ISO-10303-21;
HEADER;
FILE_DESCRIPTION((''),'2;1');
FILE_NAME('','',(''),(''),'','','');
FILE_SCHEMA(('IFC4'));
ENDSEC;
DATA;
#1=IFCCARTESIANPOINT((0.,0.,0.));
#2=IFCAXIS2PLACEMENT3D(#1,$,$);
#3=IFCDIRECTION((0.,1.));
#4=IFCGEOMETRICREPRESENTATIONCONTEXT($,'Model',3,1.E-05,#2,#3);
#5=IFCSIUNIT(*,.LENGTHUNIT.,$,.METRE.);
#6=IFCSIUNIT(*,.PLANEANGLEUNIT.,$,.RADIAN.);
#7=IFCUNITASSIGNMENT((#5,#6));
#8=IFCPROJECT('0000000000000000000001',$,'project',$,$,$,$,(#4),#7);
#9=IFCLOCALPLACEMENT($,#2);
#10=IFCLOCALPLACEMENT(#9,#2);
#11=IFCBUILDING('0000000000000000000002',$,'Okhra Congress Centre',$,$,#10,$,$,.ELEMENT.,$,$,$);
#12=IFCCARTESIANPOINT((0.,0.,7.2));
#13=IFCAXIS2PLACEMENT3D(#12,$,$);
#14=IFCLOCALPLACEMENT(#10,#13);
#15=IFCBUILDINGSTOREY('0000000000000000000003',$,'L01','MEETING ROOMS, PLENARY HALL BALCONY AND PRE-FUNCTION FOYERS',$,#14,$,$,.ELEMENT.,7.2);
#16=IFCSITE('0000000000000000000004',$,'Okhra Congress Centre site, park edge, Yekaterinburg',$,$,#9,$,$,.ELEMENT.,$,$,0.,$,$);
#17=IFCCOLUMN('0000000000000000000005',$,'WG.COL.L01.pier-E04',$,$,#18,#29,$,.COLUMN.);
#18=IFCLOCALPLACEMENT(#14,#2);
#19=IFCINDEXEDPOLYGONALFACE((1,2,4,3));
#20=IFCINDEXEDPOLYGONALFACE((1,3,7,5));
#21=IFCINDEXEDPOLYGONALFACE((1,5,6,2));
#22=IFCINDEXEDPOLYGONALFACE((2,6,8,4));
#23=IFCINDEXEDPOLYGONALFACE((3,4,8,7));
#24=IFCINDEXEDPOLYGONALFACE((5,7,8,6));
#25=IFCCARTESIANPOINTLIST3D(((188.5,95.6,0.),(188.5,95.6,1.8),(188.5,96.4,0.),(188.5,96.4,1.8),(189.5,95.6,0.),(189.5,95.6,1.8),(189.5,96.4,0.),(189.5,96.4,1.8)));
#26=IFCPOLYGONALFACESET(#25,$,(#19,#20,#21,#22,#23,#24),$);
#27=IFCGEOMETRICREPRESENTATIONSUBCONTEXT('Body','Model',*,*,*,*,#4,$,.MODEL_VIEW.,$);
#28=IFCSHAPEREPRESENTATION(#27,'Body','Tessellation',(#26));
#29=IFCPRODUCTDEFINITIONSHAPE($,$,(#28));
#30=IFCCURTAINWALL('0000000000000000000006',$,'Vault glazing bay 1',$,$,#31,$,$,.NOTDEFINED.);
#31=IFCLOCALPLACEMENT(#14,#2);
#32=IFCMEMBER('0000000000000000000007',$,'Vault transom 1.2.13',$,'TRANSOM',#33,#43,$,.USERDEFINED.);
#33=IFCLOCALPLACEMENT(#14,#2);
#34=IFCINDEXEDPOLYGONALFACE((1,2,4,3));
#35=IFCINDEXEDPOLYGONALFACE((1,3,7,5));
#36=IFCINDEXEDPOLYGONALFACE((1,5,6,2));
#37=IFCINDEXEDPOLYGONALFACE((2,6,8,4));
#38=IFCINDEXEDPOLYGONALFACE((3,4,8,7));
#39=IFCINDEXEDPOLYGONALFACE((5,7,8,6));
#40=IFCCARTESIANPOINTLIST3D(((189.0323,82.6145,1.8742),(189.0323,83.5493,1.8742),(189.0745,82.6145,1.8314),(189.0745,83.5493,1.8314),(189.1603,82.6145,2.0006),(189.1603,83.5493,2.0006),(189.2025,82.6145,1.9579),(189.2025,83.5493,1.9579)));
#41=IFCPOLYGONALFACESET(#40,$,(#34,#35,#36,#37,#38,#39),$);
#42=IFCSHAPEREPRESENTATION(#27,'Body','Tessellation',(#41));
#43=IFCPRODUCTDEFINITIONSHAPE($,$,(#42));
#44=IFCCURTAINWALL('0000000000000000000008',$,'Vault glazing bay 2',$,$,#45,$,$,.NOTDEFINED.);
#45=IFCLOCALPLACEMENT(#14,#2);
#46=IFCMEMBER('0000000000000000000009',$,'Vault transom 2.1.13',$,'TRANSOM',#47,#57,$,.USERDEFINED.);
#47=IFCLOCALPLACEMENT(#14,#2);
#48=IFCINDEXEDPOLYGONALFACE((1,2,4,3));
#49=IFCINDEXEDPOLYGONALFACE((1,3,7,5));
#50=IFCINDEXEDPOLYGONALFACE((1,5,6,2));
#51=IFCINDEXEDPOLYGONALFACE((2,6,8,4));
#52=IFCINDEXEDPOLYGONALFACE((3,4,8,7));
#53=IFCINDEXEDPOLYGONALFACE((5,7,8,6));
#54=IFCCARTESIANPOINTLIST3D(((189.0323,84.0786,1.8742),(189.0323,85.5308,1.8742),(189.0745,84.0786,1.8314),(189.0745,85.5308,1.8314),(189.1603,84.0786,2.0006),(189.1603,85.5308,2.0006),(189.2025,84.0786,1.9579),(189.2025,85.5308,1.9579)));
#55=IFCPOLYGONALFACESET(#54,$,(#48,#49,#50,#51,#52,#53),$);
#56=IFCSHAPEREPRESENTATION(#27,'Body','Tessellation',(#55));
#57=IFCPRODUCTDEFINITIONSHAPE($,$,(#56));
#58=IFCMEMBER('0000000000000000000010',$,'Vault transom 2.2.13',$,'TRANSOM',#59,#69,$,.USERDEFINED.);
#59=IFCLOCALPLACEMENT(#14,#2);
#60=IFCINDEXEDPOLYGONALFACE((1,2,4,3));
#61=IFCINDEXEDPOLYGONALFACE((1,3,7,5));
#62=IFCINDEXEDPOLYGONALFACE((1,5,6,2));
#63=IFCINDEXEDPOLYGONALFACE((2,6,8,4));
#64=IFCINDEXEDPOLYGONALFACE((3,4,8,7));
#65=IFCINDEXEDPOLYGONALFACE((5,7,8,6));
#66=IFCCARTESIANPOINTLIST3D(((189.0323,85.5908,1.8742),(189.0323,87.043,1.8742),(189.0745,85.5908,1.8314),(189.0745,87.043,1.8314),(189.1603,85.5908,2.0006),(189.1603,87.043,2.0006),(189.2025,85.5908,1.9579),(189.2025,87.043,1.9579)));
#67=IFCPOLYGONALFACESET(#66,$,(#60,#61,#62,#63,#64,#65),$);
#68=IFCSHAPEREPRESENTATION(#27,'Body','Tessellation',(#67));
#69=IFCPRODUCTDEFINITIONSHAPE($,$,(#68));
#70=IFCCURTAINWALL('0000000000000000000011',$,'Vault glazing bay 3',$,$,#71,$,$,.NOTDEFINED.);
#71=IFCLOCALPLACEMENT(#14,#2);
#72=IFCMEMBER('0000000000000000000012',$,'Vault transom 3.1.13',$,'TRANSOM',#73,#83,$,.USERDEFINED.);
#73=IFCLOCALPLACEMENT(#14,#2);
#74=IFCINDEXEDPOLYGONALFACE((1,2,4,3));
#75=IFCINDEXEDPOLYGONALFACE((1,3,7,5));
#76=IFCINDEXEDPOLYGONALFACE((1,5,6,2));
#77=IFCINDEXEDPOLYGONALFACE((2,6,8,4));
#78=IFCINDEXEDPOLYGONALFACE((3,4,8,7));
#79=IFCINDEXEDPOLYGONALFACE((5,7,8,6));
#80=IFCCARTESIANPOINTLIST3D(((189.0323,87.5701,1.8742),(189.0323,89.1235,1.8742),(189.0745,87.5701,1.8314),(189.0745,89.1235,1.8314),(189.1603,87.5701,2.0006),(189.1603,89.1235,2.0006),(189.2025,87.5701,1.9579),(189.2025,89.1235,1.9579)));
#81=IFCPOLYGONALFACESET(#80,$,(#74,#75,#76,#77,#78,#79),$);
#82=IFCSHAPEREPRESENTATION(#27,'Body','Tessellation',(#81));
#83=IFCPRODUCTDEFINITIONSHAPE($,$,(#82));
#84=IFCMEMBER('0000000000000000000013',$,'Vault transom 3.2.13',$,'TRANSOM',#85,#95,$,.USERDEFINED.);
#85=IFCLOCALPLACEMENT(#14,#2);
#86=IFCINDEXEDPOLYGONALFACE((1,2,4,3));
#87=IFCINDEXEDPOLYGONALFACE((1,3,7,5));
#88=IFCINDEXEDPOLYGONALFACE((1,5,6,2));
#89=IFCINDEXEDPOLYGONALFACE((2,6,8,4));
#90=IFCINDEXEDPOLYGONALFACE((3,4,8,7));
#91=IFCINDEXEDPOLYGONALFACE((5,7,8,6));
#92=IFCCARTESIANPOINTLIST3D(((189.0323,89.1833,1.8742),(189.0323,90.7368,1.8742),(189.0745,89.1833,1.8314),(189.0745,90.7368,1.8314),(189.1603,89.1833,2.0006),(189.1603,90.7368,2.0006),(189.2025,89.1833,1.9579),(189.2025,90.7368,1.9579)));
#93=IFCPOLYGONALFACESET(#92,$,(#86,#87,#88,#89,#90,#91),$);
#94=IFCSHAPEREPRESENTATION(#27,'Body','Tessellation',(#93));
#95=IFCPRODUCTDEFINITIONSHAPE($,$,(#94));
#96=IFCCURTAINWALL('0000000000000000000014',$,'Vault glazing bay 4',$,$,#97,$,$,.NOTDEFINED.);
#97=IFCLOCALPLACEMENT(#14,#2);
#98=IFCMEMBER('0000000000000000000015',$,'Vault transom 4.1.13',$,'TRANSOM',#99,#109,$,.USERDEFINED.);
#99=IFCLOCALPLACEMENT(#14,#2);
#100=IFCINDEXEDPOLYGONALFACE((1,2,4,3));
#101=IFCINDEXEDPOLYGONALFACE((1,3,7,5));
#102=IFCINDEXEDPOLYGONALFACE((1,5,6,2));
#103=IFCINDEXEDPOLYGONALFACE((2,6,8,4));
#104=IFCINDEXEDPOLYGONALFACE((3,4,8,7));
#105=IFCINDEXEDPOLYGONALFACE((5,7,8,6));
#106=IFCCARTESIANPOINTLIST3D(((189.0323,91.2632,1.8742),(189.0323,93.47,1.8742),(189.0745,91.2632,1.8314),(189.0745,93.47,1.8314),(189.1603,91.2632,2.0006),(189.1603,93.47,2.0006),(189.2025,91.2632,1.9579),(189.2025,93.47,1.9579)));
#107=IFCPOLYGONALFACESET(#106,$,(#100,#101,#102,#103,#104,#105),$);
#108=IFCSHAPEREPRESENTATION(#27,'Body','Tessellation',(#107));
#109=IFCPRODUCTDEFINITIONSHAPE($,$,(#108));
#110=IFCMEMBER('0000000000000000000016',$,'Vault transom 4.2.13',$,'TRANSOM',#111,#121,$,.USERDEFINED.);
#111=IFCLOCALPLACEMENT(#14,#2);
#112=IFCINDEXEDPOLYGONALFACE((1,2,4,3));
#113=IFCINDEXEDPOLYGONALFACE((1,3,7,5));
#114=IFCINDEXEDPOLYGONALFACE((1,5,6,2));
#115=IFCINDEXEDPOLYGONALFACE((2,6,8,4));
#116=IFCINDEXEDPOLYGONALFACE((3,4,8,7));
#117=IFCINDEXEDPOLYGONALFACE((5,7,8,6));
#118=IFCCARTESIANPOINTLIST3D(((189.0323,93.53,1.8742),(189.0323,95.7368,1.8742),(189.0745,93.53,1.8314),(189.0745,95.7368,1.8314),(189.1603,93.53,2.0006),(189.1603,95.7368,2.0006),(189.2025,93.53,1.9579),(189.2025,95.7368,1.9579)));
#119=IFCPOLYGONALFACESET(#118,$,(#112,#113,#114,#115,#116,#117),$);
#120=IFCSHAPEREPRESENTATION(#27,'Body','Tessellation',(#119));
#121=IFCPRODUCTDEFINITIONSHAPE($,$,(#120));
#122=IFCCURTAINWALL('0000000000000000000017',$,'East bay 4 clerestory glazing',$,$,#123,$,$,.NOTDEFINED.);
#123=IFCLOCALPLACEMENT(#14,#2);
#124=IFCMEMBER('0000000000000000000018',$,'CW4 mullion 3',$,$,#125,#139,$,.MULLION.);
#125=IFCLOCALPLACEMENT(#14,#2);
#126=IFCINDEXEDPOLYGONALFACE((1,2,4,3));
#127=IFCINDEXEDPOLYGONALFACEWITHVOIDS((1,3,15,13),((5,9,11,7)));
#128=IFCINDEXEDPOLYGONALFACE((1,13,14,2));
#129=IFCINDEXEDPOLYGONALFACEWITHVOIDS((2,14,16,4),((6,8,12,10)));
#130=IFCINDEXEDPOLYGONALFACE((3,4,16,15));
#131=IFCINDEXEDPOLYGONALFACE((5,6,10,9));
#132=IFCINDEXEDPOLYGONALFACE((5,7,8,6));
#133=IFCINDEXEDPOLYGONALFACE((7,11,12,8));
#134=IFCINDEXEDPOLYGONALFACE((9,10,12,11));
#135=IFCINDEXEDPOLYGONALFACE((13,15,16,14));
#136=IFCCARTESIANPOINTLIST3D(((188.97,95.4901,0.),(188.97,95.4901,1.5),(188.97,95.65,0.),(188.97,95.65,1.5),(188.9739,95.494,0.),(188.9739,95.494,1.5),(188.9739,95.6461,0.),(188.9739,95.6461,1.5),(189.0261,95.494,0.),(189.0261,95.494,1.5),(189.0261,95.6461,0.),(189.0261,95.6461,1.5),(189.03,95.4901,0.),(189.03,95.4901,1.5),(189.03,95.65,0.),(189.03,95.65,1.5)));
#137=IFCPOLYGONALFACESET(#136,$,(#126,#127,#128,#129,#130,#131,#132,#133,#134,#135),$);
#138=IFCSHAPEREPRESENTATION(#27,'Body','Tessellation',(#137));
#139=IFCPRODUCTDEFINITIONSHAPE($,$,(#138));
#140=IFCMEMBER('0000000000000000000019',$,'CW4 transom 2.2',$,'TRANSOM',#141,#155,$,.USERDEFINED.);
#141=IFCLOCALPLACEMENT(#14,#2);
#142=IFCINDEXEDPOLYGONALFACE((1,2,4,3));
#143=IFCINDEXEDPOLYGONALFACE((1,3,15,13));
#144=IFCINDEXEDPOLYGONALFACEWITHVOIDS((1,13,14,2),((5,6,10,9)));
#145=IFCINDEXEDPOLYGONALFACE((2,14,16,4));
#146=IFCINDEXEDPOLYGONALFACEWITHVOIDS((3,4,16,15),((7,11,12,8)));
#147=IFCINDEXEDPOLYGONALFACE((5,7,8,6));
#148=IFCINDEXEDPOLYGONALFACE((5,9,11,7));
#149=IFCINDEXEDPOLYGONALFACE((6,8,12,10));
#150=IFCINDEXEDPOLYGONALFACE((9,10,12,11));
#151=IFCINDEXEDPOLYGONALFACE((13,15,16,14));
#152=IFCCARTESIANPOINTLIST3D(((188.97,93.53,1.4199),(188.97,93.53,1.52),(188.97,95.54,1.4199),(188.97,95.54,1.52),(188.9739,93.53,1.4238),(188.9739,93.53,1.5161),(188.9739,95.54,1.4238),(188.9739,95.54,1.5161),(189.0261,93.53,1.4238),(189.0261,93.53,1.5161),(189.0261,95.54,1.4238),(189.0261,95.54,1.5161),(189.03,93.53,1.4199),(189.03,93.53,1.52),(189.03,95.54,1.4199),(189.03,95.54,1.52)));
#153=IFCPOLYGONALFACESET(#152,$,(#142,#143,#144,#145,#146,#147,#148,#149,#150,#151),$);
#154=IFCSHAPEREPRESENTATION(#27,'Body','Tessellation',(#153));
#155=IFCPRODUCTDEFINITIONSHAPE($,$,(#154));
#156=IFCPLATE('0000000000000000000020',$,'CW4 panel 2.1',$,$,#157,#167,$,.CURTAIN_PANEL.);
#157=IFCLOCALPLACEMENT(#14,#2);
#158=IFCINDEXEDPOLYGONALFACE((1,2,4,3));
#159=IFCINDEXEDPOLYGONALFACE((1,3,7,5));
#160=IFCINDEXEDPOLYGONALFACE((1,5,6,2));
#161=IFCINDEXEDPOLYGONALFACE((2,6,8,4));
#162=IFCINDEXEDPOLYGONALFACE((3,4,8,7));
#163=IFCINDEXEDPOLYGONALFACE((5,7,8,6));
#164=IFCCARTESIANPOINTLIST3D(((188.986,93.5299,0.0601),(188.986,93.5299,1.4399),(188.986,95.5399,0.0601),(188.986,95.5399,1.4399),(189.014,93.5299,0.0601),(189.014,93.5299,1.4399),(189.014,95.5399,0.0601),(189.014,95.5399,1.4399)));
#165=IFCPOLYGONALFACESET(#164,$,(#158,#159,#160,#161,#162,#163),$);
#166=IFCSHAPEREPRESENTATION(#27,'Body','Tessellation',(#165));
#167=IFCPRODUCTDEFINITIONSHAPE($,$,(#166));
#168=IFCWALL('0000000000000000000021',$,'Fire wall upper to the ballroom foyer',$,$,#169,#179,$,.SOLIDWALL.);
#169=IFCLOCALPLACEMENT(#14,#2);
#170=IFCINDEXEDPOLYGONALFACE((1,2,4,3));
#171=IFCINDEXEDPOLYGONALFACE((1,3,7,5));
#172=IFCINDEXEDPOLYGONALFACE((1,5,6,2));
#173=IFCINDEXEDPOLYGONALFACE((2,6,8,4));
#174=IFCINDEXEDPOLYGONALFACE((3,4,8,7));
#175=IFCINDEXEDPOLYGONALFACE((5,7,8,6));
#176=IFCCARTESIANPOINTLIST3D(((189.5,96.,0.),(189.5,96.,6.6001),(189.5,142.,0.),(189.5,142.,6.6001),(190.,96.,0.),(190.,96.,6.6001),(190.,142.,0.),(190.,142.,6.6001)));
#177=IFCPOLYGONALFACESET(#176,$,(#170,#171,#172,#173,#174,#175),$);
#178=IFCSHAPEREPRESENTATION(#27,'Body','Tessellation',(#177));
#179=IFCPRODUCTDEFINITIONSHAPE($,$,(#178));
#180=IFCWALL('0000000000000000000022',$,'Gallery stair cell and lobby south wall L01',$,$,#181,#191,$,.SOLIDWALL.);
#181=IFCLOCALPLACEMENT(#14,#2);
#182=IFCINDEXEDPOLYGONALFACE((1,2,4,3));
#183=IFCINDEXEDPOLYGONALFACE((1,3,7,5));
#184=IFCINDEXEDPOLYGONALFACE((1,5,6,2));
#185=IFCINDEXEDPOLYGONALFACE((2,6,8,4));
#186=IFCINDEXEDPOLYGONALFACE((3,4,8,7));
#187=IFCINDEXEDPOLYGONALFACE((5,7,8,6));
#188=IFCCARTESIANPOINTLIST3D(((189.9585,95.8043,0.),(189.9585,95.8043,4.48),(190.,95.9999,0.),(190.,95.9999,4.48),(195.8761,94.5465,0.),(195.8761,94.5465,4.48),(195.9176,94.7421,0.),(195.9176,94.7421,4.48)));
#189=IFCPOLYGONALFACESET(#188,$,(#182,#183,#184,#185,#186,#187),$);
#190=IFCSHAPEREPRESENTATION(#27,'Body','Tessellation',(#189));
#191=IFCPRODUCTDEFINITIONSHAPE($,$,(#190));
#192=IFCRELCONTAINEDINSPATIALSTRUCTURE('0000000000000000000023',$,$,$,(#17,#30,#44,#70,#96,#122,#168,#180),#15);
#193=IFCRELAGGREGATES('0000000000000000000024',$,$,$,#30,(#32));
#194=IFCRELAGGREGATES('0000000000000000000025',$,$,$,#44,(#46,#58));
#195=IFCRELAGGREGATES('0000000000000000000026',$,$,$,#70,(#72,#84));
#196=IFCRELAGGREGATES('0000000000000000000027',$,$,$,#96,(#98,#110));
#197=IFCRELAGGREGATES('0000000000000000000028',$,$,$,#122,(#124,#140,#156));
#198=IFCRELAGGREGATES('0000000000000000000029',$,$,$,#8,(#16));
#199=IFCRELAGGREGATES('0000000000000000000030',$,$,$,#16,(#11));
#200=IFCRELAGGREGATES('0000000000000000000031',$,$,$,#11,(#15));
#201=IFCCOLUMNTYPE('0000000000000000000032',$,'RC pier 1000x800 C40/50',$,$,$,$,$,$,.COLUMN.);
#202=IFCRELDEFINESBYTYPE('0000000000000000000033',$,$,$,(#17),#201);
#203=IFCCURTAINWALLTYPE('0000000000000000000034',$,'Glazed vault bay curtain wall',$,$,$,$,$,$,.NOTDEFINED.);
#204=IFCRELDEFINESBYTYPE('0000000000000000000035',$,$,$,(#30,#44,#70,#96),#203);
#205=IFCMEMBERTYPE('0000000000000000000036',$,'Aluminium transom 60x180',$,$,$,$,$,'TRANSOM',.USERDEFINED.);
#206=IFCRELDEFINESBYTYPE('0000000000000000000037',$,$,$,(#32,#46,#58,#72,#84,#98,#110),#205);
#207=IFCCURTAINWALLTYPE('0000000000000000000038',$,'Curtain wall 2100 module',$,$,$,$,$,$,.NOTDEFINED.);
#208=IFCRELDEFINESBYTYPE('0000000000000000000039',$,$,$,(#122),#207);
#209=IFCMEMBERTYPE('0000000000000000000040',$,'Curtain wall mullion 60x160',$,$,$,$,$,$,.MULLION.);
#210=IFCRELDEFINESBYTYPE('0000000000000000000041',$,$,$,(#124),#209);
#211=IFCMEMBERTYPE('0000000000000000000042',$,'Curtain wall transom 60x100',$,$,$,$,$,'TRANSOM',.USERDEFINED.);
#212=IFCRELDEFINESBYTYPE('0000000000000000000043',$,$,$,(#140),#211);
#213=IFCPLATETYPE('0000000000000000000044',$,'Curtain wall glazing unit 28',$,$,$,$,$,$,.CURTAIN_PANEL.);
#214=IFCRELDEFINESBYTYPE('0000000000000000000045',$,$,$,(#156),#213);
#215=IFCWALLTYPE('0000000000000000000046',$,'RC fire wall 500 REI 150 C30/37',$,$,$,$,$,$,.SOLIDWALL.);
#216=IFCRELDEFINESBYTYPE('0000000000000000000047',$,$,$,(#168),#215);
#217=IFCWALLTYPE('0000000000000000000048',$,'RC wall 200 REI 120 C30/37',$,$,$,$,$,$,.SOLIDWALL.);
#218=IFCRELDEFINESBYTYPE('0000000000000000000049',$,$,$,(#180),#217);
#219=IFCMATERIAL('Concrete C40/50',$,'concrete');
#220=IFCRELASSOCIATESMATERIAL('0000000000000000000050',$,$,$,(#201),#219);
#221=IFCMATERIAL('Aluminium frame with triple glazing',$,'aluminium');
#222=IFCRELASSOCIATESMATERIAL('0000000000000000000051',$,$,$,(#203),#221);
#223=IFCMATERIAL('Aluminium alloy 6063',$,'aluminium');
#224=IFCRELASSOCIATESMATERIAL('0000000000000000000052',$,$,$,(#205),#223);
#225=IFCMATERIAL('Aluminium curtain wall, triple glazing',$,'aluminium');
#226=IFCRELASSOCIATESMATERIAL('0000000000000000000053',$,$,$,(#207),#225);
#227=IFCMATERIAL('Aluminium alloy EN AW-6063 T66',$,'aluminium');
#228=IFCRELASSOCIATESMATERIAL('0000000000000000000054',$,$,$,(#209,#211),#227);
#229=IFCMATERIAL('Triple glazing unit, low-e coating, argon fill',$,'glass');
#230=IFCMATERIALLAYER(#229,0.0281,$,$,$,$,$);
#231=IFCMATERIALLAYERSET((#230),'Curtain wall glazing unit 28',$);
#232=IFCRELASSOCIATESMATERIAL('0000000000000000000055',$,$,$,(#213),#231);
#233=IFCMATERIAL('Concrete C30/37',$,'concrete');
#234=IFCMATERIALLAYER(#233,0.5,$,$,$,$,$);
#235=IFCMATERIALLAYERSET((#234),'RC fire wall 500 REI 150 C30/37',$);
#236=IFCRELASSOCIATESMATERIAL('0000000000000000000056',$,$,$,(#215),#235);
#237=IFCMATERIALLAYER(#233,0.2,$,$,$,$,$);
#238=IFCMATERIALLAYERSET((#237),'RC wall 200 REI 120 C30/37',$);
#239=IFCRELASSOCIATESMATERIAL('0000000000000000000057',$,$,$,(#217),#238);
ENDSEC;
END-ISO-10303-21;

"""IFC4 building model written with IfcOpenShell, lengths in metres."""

from ifc_helpers import new_model, si_unit, direction, frame, frame_2d, origin, origin_2d, place, context, subcontext, project, spatial, rectangle, hollow_rectangle, extrude, material, layer, layer_set, material_profile, profile_set, type_object, element, aggregate, save


model = new_model("IFC4")

# Units and contexts
model_context = context("Model", 3, precision=1e-05, world=origin(), true_north=direction((0.0, 1.0)))
body_context = subcontext(model_context, "Body", "Model", "MODEL_VIEW")
ifc_project = project(units=[si_unit("LENGTHUNIT", "METRE"), si_unit("PLANEANGLEUNIT", "RADIAN")], contexts=[model_context])

# Site, building, storey
site_placement = place(None, origin())
site = spatial("IfcSite", under=ifc_project, at=site_placement, Name="Okhra Congress Centre site, park edge, Yekaterinburg", CompositionType="ELEMENT", RefElevation=0.0)
building_placement = place(site_placement, origin())
building = spatial("IfcBuilding", under=site, at=building_placement, Name="Okhra Congress Centre", CompositionType="ELEMENT")
storey_placement = place(building_placement, frame((0.0, 0.0, 7.2)))
storey = spatial("IfcBuildingStorey", under=building, at=storey_placement, Name="L01", Description="MEETING ROOMS, PLENARY HALL BALCONY AND PRE-FUNCTION FOYERS", CompositionType="ELEMENT", Elevation=7.2)

# Column
ifc_material_1 = material(Name="Concrete C40/50", Category="concrete")
ifc_material_profile_1 = material_profile(ifc_material_1, rectangle(XDim=1.0, YDim=0.8, at=origin_2d()), Name="RC 1000x800")
ifc_profile_set_1 = profile_set([ifc_material_profile_1], Name="Concrete C40/50")
column_type = type_object("IfcColumnType", Name="RC pier 1000x800 C40/50", PredefinedType="COLUMN", material=ifc_profile_set_1)
column_placement = place(storey_placement, frame((189.0, 96.0, 0.0), z_axis=(0.0, 0.0, 1.0), x_axis=(1.0, 0.0, 0.0)))
element("IfcColumn", 1, at=column_placement, inside=storey, type_object=column_type, Name="WG.COL.L01.pier-E04", PredefinedType="COLUMN", context=body_context, shape_type="SweptSolid", body=[
    extrude(rectangle(XDim=1.0, YDim=0.8, at=origin_2d()), origin(), (0.0, 0.0, 1.0), 1.8),
])

# Curtain wall, member
ifc_material_2 = material(Name="Aluminium frame with triple glazing", Category="aluminium")
curtain_wall_type_1 = type_object("IfcCurtainWallType", Name="Glazed vault bay curtain wall", PredefinedType="NOTDEFINED", material=ifc_material_2)
curtain_wall_1_placement = place(storey_placement, origin())
curtain_wall_1 = element("IfcCurtainWall", 2, at=curtain_wall_1_placement, inside=storey, type_object=curtain_wall_type_1, Name="Vault glazing bay 1", PredefinedType="NOTDEFINED")
ifc_material_3 = material(Name="Aluminium alloy 6063", Category="aluminium")
ifc_material_profile_2 = material_profile(ifc_material_3, rectangle(XDim=0.0601, YDim=0.1799, at=origin_2d()), Name="AL 60x180 transom")
ifc_profile_set_2 = profile_set([ifc_material_profile_2], Name="Aluminium alloy 6063")
member_type_1 = type_object("IfcMemberType", Name="Aluminium transom 60x180", ElementType="TRANSOM", PredefinedType="USERDEFINED", material=ifc_profile_set_2)
member_1_placement = place(storey_placement, frame((189.1174, 82.6145, 1.916), z_axis=(0.0, 1.0, 0.0), x_axis=(-0.702636, 0.0, 0.711549)))
member_1 = element("IfcMember", 3, at=member_1_placement, type_object=member_type_1, Name="Vault transom 1.2.13", ObjectType="TRANSOM", PredefinedType="USERDEFINED", context=body_context, shape_type="SweptSolid", body=[
    extrude(rectangle(XDim=0.0601, YDim=0.1799, at=origin_2d()), origin(), (0.0, 0.0, 1.0), 0.9348),
])
aggregate(curtain_wall_1, [member_1])

# Curtain walls, members
curtain_wall_2_placement = place(storey_placement, origin())
curtain_wall_2 = element("IfcCurtainWall", 4, at=curtain_wall_2_placement, inside=storey, type_object=curtain_wall_type_1, Name="Vault glazing bay 2", PredefinedType="NOTDEFINED")
member_2_placement = place(storey_placement, frame((189.1174, 84.0786, 1.916), z_axis=(0.0, 1.0, 0.0), x_axis=(-0.702636, 0.0, 0.711549)))
member_2 = element("IfcMember", 5, at=member_2_placement, type_object=member_type_1, Name="Vault transom 2.1.13", ObjectType="TRANSOM", PredefinedType="USERDEFINED", context=body_context, shape_type="SweptSolid", body=[
    extrude(rectangle(XDim=0.0601, YDim=0.1799, at=origin_2d()), origin(), (0.0, 0.0, 1.0), 1.4521),
])
member_3_placement = place(storey_placement, frame((189.1174, 85.5908, 1.916), z_axis=(0.0, 1.0, 0.0), x_axis=(-0.702636, 0.0, 0.711549)))
member_3 = element("IfcMember", 6, at=member_3_placement, type_object=member_type_1, Name="Vault transom 2.2.13", ObjectType="TRANSOM", PredefinedType="USERDEFINED", context=body_context, shape_type="SweptSolid", body=[
    extrude(rectangle(XDim=0.0601, YDim=0.1799, at=origin_2d()), origin(), (0.0, 0.0, 1.0), 1.4521),
])
aggregate(curtain_wall_2, [member_2, member_3])
curtain_wall_3_placement = place(storey_placement, origin())
curtain_wall_3 = element("IfcCurtainWall", 7, at=curtain_wall_3_placement, inside=storey, type_object=curtain_wall_type_1, Name="Vault glazing bay 3", PredefinedType="NOTDEFINED")
member_4_placement = place(storey_placement, frame((189.1174, 87.5701, 1.916), z_axis=(0.0, 1.0, 0.0), x_axis=(-0.702636, 0.0, 0.711549)))
member_4 = element("IfcMember", 8, at=member_4_placement, type_object=member_type_1, Name="Vault transom 3.1.13", ObjectType="TRANSOM", PredefinedType="USERDEFINED", context=body_context, shape_type="SweptSolid", body=[
    extrude(rectangle(XDim=0.0601, YDim=0.1799, at=origin_2d()), origin(), (0.0, 0.0, 1.0), 1.5535),
])
member_5_placement = place(storey_placement, frame((189.1174, 89.1833, 1.916), z_axis=(0.0, 1.0, 0.0), x_axis=(-0.702636, 0.0, 0.711549)))
member_5 = element("IfcMember", 9, at=member_5_placement, type_object=member_type_1, Name="Vault transom 3.2.13", ObjectType="TRANSOM", PredefinedType="USERDEFINED", context=body_context, shape_type="SweptSolid", body=[
    extrude(rectangle(XDim=0.0601, YDim=0.1799, at=origin_2d()), origin(), (0.0, 0.0, 1.0), 1.5535),
])
aggregate(curtain_wall_3, [member_4, member_5])
curtain_wall_4_placement = place(storey_placement, origin())
curtain_wall_4 = element("IfcCurtainWall", 10, at=curtain_wall_4_placement, inside=storey, type_object=curtain_wall_type_1, Name="Vault glazing bay 4", PredefinedType="NOTDEFINED")
member_6_placement = place(storey_placement, frame((189.1174, 91.2632, 1.916), z_axis=(0.0, 1.0, 0.0), x_axis=(-0.702636, 0.0, 0.711549)))
member_6 = element("IfcMember", 11, at=member_6_placement, type_object=member_type_1, Name="Vault transom 4.1.13", ObjectType="TRANSOM", PredefinedType="USERDEFINED", context=body_context, shape_type="SweptSolid", body=[
    extrude(rectangle(XDim=0.0601, YDim=0.1799, at=origin_2d()), origin(), (0.0, 0.0, 1.0), 2.2068),
])
member_7_placement = place(storey_placement, frame((189.1174, 93.53, 1.916), z_axis=(0.0, 1.0, 0.0), x_axis=(-0.702636, 0.0, 0.711549)))
member_7 = element("IfcMember", 12, at=member_7_placement, type_object=member_type_1, Name="Vault transom 4.2.13", ObjectType="TRANSOM", PredefinedType="USERDEFINED", context=body_context, shape_type="SweptSolid", body=[
    extrude(rectangle(XDim=0.0601, YDim=0.1799, at=origin_2d()), origin(), (0.0, 0.0, 1.0), 2.2068),
])
aggregate(curtain_wall_4, [member_6, member_7])

# Curtain wall, members, plate
ifc_material_4 = material(Name="Aluminium curtain wall, triple glazing", Category="aluminium")
curtain_wall_type_2 = type_object("IfcCurtainWallType", Name="Curtain wall 2100 module", PredefinedType="NOTDEFINED", material=ifc_material_4)
curtain_wall_5_placement = place(storey_placement, origin())
curtain_wall_5 = element("IfcCurtainWall", 13, at=curtain_wall_5_placement, inside=storey, type_object=curtain_wall_type_2, Name="East bay 4 clerestory glazing", PredefinedType="NOTDEFINED")
ifc_material_5 = material(Name="Aluminium alloy EN AW-6063 T66", Category="aluminium")
ifc_material_profile_3 = material_profile(ifc_material_5, hollow_rectangle(XDim=0.0601, YDim=0.1599, WallThickness=0.0039, at=origin_2d()), Name="RHS 60x160x4")
ifc_profile_set_3 = profile_set([ifc_material_profile_3], Name="Aluminium alloy EN AW-6063 T66")
member_type_2 = type_object("IfcMemberType", Name="Curtain wall mullion 60x160", PredefinedType="MULLION", material=ifc_profile_set_3)
member_8_placement = place(storey_placement, frame((189.0, 95.5701, 0.0), z_axis=(0.0, 0.0, 1.0), x_axis=(-1.0, 0.0, 0.0)))
member_8 = element("IfcMember", 14, at=member_8_placement, type_object=member_type_2, Name="CW4 mullion 3", PredefinedType="MULLION", context=body_context, shape_type="SweptSolid", body=[
    extrude(hollow_rectangle(XDim=0.0601, YDim=0.1599, WallThickness=0.0039, at=origin_2d()), origin(), (0.0, 0.0, 1.0), 1.5),
])
ifc_material_profile_4 = material_profile(ifc_material_5, hollow_rectangle(XDim=0.0601, YDim=0.1001, WallThickness=0.0039, at=origin_2d()), Name="RHS 60x100x4")
ifc_profile_set_4 = profile_set([ifc_material_profile_4], Name="Aluminium alloy EN AW-6063 T66")
member_type_3 = type_object("IfcMemberType", Name="Curtain wall transom 60x100", ElementType="TRANSOM", PredefinedType="USERDEFINED", material=ifc_profile_set_4)
member_9_placement = place(storey_placement, frame((189.0, 93.53, 1.47), z_axis=(0.0, 1.0, 0.0), x_axis=(-1.0, 0.0, 0.0)))
member_9 = element("IfcMember", 15, at=member_9_placement, type_object=member_type_3, Name="CW4 transom 2.2", ObjectType="TRANSOM", PredefinedType="USERDEFINED", context=body_context, shape_type="SweptSolid", body=[
    extrude(hollow_rectangle(XDim=0.0601, YDim=0.1001, WallThickness=0.0039, at=origin_2d()), origin(), (0.0, 0.0, 1.0), 2.01),
])
ifc_material_6 = material(Name="Triple glazing unit, low-e coating, argon fill", Category="glass")
ifc_layer_1 = layer(ifc_material_6, 0.0281)
ifc_layer_set_1 = layer_set([ifc_layer_1], Name="Curtain wall glazing unit 28")
plate_type = type_object("IfcPlateType", Name="Curtain wall glazing unit 28", PredefinedType="CURTAIN_PANEL", material=ifc_layer_set_1)
plate_placement = place(storey_placement, frame((189.0, 94.5349, 0.0601), z_axis=(0.0, 0.0, 1.0), x_axis=(0.0, 1.0, 0.0)))
plate = element("IfcPlate", 16, at=plate_placement, type_object=plate_type, Name="CW4 panel 2.1", PredefinedType="CURTAIN_PANEL", context=body_context, shape_type="SweptSolid", body=[
    extrude(rectangle(XDim=2.01, YDim=0.0281, at=origin_2d()), origin(), (0.0, 0.0, 1.0), 1.3799),
])
aggregate(curtain_wall_5, [member_8, member_9, plate])

# Walls
ifc_material_7 = material(Name="Concrete C30/37", Category="concrete")
ifc_layer_2 = layer(ifc_material_7, 0.5)
ifc_layer_set_2 = layer_set([ifc_layer_2], Name="RC fire wall 500 REI 150 C30/37")
wall_type_1 = type_object("IfcWallType", Name="RC fire wall 500 REI 150 C30/37", PredefinedType="SOLIDWALL", material=ifc_layer_set_2)
wall_1_placement = place(storey_placement, frame((189.75, 96.0, 0.0), z_axis=(0.0, 0.0, 1.0), x_axis=(0.0, 1.0, 0.0)))
element("IfcWall", 17, at=wall_1_placement, inside=storey, type_object=wall_type_1, Name="Fire wall upper to the ballroom foyer", PredefinedType="SOLIDWALL", context=body_context, shape_type="SweptSolid", body=[
    extrude(rectangle(XDim=46.0, YDim=0.5, at=frame_2d((23.0, 0.0))), origin(), (0.0, 0.0, 1.0), 6.6001),
])
ifc_layer_3 = layer(ifc_material_7, 0.2)
ifc_layer_set_3 = layer_set([ifc_layer_3], Name="RC wall 200 REI 120 C30/37")
wall_type_2 = type_object("IfcWallType", Name="RC wall 200 REI 120 C30/37", PredefinedType="SOLIDWALL", material=ifc_layer_set_3)
wall_2_placement = place(storey_placement, frame((189.9792, 95.9021, 0.0), z_axis=(0.0, 0.0, 1.0), x_axis=(0.978149, -0.207906, 0.0)))
element("IfcWall", 18, at=wall_2_placement, inside=storey, type_object=wall_type_2, Name="Gallery stair cell and lobby south wall L01", PredefinedType="SOLIDWALL", context=body_context, shape_type="SweptSolid", body=[
    extrude(rectangle(XDim=6.0498, YDim=0.2, at=frame_2d((3.0249, 0.0))), origin(), (0.0, 0.0, 1.0), 4.48),
])

save(model, "model.ifc")
